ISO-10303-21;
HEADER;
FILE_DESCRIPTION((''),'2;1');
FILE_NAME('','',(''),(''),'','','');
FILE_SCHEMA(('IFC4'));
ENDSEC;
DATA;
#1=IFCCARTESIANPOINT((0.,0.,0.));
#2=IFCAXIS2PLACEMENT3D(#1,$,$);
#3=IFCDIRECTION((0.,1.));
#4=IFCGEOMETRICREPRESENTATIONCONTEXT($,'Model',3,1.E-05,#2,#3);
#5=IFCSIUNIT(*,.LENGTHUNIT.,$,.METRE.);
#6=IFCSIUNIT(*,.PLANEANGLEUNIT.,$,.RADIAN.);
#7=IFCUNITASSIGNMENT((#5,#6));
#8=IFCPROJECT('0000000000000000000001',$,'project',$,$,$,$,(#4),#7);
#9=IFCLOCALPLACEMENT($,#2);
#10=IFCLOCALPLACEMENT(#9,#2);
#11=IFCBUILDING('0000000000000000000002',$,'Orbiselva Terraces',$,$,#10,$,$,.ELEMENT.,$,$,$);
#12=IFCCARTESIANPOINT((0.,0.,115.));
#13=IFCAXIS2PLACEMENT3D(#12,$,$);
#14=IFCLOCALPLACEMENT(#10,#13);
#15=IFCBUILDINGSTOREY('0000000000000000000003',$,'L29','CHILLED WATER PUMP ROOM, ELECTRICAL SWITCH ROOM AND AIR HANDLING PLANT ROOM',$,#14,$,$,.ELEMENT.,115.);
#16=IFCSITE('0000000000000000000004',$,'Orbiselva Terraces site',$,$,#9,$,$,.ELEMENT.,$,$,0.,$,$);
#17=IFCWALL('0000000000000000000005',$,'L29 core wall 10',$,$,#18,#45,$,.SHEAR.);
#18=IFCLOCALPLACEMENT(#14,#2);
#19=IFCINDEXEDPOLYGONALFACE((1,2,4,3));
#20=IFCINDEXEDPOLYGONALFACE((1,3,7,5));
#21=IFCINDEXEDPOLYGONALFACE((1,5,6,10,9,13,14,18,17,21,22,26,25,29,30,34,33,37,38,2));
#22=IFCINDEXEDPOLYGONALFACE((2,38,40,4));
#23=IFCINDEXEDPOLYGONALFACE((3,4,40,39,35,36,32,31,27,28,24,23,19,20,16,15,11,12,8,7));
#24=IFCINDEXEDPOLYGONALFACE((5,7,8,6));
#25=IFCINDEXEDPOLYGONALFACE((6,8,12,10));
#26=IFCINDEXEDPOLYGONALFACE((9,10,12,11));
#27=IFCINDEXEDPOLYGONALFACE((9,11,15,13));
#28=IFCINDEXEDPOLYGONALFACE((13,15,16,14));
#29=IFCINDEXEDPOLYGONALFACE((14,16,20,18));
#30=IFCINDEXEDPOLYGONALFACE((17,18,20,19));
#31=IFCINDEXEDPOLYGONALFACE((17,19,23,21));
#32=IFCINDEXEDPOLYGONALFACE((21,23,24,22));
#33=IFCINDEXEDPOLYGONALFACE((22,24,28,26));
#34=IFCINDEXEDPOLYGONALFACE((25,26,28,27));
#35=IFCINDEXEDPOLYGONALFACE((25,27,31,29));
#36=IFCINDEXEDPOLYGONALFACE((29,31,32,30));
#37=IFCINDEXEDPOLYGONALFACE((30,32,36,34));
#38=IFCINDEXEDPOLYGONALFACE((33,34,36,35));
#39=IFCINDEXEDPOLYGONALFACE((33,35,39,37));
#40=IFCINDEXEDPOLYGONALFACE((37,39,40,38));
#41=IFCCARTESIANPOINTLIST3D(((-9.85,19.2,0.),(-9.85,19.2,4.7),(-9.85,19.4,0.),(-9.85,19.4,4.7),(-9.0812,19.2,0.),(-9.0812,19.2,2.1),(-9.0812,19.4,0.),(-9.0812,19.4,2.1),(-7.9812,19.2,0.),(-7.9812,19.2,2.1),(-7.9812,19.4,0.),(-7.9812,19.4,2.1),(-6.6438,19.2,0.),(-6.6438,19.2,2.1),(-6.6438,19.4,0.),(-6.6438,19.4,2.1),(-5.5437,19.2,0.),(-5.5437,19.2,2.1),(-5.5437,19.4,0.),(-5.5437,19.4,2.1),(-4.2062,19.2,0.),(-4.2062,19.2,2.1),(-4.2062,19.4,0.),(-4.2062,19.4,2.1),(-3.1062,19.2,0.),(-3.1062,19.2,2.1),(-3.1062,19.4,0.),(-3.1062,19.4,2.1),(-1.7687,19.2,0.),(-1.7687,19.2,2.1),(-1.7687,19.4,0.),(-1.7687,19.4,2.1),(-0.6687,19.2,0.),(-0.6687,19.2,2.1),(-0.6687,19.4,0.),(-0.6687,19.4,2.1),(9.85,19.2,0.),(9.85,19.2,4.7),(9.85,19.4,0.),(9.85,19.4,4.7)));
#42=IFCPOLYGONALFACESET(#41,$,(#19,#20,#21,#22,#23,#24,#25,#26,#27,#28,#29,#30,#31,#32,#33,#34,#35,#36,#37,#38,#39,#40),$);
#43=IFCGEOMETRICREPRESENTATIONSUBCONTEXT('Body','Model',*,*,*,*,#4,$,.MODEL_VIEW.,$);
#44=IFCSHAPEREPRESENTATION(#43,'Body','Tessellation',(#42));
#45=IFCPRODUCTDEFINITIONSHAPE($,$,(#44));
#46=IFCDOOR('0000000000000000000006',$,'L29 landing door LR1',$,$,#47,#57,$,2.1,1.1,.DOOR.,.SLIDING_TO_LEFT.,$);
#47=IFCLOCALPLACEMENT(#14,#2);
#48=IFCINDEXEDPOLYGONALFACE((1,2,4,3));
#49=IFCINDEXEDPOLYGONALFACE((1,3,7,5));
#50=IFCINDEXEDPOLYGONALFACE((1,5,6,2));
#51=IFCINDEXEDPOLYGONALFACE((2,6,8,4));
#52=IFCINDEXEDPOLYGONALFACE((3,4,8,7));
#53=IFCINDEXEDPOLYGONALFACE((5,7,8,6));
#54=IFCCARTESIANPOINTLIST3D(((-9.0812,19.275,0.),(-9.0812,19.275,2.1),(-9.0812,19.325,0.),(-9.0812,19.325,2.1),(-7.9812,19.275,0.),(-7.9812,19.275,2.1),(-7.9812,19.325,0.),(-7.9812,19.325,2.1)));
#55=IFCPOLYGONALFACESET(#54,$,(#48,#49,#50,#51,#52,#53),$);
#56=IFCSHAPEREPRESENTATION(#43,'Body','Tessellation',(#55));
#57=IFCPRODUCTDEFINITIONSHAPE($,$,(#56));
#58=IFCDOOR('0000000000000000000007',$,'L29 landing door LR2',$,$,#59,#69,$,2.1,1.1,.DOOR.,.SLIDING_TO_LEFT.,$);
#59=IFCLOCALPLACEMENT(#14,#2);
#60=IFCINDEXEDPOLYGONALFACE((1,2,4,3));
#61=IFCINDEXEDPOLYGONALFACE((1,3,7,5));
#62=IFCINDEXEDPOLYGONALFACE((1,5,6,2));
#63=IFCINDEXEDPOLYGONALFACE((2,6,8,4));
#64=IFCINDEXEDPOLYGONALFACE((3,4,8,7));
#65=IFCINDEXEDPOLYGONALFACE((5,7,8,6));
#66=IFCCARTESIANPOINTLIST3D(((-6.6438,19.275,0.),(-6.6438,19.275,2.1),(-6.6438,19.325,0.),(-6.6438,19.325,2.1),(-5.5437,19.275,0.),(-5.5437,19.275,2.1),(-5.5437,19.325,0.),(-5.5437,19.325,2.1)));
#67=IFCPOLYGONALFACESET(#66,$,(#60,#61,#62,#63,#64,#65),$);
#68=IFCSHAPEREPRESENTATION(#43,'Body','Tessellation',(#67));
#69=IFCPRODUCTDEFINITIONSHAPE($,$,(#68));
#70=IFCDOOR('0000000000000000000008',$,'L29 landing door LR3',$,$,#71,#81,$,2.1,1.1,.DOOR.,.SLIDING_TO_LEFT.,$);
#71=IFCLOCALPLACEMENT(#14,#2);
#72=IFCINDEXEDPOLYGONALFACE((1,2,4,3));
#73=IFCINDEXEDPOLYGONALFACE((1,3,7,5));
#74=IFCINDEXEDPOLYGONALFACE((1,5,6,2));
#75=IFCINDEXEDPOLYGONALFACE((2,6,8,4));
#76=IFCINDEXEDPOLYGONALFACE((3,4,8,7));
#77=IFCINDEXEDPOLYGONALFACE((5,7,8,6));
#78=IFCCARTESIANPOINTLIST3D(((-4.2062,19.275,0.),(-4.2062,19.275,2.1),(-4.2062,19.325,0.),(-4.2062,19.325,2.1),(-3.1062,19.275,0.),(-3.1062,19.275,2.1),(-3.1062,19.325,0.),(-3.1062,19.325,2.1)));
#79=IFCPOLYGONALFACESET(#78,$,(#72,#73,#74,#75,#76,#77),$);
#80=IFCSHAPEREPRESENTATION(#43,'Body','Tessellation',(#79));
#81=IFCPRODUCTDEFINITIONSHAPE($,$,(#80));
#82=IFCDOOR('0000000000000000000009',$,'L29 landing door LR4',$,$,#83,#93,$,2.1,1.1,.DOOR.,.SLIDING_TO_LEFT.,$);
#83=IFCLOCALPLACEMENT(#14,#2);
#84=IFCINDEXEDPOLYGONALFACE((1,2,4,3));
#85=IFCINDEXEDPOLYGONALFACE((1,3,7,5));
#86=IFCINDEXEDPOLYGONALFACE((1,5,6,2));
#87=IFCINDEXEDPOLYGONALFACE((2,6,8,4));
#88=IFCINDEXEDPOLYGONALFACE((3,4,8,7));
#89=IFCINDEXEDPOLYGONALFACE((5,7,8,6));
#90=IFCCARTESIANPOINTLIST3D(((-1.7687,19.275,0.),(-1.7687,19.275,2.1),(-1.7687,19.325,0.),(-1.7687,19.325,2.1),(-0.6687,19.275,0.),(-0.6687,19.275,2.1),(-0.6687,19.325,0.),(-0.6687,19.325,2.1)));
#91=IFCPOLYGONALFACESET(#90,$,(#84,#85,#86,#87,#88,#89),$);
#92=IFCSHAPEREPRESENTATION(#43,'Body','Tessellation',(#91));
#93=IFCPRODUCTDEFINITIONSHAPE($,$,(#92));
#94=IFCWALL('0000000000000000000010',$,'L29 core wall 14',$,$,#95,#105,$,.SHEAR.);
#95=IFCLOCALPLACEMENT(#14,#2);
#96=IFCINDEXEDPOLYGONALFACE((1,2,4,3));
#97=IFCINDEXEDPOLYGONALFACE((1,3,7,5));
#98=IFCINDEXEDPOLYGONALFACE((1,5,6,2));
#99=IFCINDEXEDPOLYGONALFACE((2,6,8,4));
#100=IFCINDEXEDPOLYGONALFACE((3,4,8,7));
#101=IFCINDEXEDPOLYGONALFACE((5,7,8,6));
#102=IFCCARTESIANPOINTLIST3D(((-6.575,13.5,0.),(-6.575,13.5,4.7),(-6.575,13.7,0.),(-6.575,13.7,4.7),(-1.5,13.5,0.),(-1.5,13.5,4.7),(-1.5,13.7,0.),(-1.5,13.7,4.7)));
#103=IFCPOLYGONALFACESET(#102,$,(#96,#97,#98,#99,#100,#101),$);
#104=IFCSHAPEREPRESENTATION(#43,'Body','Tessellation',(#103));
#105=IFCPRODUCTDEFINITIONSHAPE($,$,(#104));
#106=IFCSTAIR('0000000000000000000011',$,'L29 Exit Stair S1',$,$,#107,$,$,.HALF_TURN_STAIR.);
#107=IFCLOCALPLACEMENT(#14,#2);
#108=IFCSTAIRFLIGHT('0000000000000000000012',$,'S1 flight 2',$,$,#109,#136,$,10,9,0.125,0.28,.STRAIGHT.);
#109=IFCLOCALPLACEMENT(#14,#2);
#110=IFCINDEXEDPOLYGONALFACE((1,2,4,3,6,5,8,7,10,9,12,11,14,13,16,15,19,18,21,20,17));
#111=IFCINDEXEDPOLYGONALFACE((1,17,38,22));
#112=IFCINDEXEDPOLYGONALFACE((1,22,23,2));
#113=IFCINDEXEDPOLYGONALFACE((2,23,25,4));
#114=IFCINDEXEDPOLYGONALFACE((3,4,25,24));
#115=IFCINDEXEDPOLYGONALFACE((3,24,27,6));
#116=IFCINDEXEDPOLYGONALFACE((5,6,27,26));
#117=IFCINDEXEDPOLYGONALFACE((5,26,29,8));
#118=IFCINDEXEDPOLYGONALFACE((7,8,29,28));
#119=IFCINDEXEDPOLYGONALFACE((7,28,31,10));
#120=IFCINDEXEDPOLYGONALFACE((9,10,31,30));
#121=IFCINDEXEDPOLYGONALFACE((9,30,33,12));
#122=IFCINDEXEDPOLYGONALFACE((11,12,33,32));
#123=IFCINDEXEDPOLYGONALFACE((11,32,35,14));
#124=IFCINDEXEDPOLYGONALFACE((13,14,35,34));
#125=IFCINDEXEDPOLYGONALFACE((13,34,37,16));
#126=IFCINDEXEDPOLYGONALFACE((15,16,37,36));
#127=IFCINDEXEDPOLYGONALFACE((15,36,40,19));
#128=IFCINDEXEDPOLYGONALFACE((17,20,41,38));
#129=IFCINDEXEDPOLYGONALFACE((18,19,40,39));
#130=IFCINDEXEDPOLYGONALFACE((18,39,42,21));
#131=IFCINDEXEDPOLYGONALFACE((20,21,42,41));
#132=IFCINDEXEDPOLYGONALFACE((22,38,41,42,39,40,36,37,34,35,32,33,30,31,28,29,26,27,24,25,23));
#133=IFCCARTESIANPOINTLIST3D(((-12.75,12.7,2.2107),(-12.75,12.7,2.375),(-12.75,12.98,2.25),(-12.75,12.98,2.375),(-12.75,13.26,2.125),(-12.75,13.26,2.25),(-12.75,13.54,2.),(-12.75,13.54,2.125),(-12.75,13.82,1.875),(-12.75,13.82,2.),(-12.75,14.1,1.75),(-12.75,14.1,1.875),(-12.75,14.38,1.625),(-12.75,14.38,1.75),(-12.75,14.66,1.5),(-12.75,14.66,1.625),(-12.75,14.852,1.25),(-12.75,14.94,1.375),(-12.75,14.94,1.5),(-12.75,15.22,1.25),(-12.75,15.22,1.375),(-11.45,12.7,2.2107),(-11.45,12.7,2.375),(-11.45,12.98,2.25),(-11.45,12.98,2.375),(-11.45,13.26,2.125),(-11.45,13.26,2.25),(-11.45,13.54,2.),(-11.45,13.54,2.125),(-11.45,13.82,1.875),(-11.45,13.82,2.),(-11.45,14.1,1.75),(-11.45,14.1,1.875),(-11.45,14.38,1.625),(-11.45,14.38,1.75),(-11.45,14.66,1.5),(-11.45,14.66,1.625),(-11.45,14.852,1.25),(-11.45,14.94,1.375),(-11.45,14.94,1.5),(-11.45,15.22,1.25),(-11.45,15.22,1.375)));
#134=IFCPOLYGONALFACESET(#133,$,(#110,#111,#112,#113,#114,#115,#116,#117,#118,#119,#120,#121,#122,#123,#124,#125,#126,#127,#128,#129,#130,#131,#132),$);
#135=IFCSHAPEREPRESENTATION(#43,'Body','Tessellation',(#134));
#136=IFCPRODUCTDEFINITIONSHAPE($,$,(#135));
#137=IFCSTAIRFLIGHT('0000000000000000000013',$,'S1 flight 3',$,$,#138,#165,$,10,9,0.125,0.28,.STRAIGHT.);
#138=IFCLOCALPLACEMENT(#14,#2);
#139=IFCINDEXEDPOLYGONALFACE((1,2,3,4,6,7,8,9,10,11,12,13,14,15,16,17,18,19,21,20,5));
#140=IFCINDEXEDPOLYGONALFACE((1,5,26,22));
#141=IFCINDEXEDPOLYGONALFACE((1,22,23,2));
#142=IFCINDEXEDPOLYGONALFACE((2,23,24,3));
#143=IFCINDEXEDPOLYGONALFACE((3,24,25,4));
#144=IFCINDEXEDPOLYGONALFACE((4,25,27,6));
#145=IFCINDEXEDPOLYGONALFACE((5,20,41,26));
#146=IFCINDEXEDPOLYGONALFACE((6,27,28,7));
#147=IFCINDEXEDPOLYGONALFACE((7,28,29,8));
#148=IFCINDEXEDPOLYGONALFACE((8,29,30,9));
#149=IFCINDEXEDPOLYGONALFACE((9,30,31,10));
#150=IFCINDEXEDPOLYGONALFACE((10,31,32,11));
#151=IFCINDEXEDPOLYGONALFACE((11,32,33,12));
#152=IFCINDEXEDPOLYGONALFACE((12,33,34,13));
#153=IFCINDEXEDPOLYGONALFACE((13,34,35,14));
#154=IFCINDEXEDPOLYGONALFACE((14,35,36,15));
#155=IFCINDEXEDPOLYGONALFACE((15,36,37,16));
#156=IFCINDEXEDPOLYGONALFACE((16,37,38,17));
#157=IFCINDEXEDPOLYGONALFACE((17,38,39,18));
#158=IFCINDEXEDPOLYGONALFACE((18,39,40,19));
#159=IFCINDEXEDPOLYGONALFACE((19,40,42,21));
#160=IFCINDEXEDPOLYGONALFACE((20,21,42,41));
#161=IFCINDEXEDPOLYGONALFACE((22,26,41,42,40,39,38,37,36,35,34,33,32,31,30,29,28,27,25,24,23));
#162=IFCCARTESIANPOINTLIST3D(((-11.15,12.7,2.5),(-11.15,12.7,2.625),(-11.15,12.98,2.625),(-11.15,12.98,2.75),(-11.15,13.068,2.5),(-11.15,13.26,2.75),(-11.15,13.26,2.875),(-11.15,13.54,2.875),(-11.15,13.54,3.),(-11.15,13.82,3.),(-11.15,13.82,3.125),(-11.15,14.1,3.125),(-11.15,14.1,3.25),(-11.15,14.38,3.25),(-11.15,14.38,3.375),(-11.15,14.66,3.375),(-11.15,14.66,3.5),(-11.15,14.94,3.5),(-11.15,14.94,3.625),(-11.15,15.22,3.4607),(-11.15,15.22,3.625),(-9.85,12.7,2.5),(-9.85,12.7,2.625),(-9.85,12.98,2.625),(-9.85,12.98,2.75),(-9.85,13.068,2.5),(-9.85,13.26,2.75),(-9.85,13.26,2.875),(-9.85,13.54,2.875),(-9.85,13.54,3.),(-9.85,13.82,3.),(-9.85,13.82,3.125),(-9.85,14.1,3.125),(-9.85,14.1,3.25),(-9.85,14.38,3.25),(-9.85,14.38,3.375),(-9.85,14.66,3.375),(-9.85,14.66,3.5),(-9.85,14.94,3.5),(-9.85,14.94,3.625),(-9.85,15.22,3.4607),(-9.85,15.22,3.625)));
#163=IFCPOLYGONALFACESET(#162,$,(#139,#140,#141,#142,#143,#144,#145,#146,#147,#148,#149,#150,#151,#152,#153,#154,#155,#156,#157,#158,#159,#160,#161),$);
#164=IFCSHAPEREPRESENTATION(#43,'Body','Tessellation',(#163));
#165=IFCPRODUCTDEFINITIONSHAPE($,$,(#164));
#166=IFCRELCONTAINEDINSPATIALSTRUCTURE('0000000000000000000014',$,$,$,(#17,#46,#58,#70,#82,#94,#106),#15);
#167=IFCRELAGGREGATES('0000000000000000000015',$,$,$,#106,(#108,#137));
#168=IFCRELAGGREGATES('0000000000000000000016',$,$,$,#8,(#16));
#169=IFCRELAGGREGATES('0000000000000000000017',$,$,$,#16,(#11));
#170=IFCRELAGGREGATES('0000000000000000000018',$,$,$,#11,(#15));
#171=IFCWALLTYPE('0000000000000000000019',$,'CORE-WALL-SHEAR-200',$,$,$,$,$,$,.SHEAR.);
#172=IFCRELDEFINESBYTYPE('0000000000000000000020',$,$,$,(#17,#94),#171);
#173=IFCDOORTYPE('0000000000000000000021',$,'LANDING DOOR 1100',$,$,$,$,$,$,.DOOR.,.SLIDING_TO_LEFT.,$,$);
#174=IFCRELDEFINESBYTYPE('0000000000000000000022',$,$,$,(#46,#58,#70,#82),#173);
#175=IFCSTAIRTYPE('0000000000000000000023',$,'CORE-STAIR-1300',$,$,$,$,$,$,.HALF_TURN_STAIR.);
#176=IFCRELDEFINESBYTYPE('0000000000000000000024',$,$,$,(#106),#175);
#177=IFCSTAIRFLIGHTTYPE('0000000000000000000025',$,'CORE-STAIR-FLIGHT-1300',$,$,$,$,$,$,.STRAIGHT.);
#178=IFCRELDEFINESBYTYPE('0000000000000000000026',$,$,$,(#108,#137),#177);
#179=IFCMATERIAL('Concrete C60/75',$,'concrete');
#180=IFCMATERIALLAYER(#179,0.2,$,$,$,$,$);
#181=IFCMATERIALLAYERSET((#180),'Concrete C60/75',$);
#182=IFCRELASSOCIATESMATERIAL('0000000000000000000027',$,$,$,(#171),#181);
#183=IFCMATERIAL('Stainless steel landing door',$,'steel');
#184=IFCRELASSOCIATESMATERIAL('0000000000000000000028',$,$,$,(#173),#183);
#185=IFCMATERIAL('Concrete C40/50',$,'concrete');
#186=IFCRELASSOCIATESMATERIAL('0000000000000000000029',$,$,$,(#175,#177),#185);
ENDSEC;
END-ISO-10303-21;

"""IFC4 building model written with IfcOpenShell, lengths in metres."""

from ifc_helpers import new_model, si_unit, direction, frame, frame_2d, origin, place, context, subcontext, project, spatial, polyline, rectangle, outline, extrude, material, layer, layer_set, type_object, element, fill, aggregate, save


model = new_model("IFC4")

# Units and contexts
model_context = context("Model", 3, precision=1e-05, world=origin(), true_north=direction((0.0, 1.0)))
body_context = subcontext(model_context, "Body", "Model", "MODEL_VIEW")
ifc_project = project(units=[si_unit("LENGTHUNIT", "METRE"), si_unit("PLANEANGLEUNIT", "RADIAN")], contexts=[model_context])

# Site, building, storey
site_placement = place(None, origin())
site = spatial("IfcSite", under=ifc_project, at=site_placement, Name="Orbiselva Terraces site", CompositionType="ELEMENT", RefElevation=0.0)
building_placement = place(site_placement, origin())
building = spatial("IfcBuilding", under=site, at=building_placement, Name="Orbiselva Terraces", CompositionType="ELEMENT")
storey_placement = place(building_placement, frame((0.0, 0.0, 115.0)))
storey = spatial("IfcBuildingStorey", under=building, at=storey_placement, Name="L29", Description="CHILLED WATER PUMP ROOM, ELECTRICAL SWITCH ROOM AND AIR HANDLING PLANT ROOM", CompositionType="ELEMENT", Elevation=115.0)

# Shared definitions
ifc_material_1 = material(Name="Concrete C40/50", Category="concrete")

# Shared definitions
ifc_material_2 = material(Name="Concrete C60/75", Category="concrete")
ifc_layer_1 = layer(ifc_material_2, 0.2)
ifc_layer_set_1 = layer_set([ifc_layer_1], Name="Concrete C60/75")
wall_type_1 = type_object("IfcWallType", Name="CORE-WALL-SHEAR-200", PredefinedType="SHEAR", material=ifc_layer_set_1)

# Wall, openings, doors
wall_1_placement = place(storey_placement, frame((-9.85, 19.3, 0.0), z_axis=(0.0, 0.0, 1.0), x_axis=(1.0, 0.0, 0.0)))
wall_1 = element("IfcWall", 1, at=wall_1_placement, inside=storey, type_object=wall_type_1, Name="L29 core wall 10", PredefinedType="SHEAR", context=body_context, shape_type="SweptSolid", body=[
    extrude(rectangle(XDim=19.7, YDim=0.2, at=frame_2d((9.85, 0.0))), origin(), (0.0, 0.0, 1.0), 4.7),
])
opening_1_placement = place(wall_1_placement, frame((0.7688, 0.0, 0.0)))
opening_1 = element("IfcOpeningElement", 2, at=opening_1_placement, cuts=wall_1, PredefinedType="OPENING", context=body_context, shape_type="SweptSolid", body=[
    extrude(rectangle(XDim=1.1, YDim=2.1, at=frame_2d((0.55, 1.05))), frame((0.0, 0.11, 0.0), z_axis=(0.0, -1.0, 0.0), x_axis=(1.0, 0.0, 0.0)), (0.0, 0.0, 1.0), 0.22),
])
opening_2_placement = place(wall_1_placement, frame((3.2062, 0.0, 0.0)))
opening_2 = element("IfcOpeningElement", 3, at=opening_2_placement, cuts=wall_1, PredefinedType="OPENING", context=body_context, shape_type="SweptSolid", body=[
    extrude(rectangle(XDim=1.1, YDim=2.1, at=frame_2d((0.55, 1.05))), frame((0.0, 0.11, 0.0), z_axis=(0.0, -1.0, 0.0), x_axis=(1.0, 0.0, 0.0)), (0.0, 0.0, 1.0), 0.22),
])
opening_3_placement = place(wall_1_placement, frame((5.6437, 0.0, 0.0)))
opening_3 = element("IfcOpeningElement", 4, at=opening_3_placement, cuts=wall_1, PredefinedType="OPENING", context=body_context, shape_type="SweptSolid", body=[
    extrude(rectangle(XDim=1.1, YDim=2.1, at=frame_2d((0.55, 1.05))), frame((0.0, 0.11, 0.0), z_axis=(0.0, -1.0, 0.0), x_axis=(1.0, 0.0, 0.0)), (0.0, 0.0, 1.0), 0.22),
])
opening_4_placement = place(wall_1_placement, frame((8.0813, 0.0, 0.0)))
opening_4 = element("IfcOpeningElement", 5, at=opening_4_placement, cuts=wall_1, PredefinedType="OPENING", context=body_context, shape_type="SweptSolid", body=[
    extrude(rectangle(XDim=1.1, YDim=2.1, at=frame_2d((0.55, 1.05))), frame((0.0, 0.11, 0.0), z_axis=(0.0, -1.0, 0.0), x_axis=(1.0, 0.0, 0.0)), (0.0, 0.0, 1.0), 0.22),
])
ifc_material_3 = material(Name="Stainless steel landing door", Category="steel")
door_type_1 = type_object("IfcDoorType", Name="LANDING DOOR 1100", OperationType="SLIDING_TO_LEFT", PredefinedType="DOOR", material=ifc_material_3)
door_1_placement = place(opening_1_placement, origin())
door_1 = element("IfcDoor", 6, at=door_1_placement, inside=storey, type_object=door_type_1, Name="L29 landing door LR1", OperationType="SLIDING_TO_LEFT", OverallHeight=2.1, OverallWidth=1.1, PredefinedType="DOOR", context=body_context, shape_type="SweptSolid", body=[
    extrude(rectangle(XDim=1.1, YDim=2.1, at=frame_2d((0.55, 1.05))), frame((0.0, 0.025, 0.0), z_axis=(0.0, -1.0, 0.0), x_axis=(1.0, 0.0, 0.0)), (0.0, 0.0, 1.0), 0.05),
])
fill(opening_1, door_1)
door_2_placement = place(opening_2_placement, origin())
door_2 = element("IfcDoor", 7, at=door_2_placement, inside=storey, type_object=door_type_1, Name="L29 landing door LR2", OperationType="SLIDING_TO_LEFT", OverallHeight=2.1, OverallWidth=1.1, PredefinedType="DOOR", context=body_context, shape_type="SweptSolid", body=[
    extrude(rectangle(XDim=1.1, YDim=2.1, at=frame_2d((0.55, 1.05))), frame((0.0, 0.025, 0.0), z_axis=(0.0, -1.0, 0.0), x_axis=(1.0, 0.0, 0.0)), (0.0, 0.0, 1.0), 0.05),
])
fill(opening_2, door_2)
door_3_placement = place(opening_3_placement, origin())
door_3 = element("IfcDoor", 8, at=door_3_placement, inside=storey, type_object=door_type_1, Name="L29 landing door LR3", OperationType="SLIDING_TO_LEFT", OverallHeight=2.1, OverallWidth=1.1, PredefinedType="DOOR", context=body_context, shape_type="SweptSolid", body=[
    extrude(rectangle(XDim=1.1, YDim=2.1, at=frame_2d((0.55, 1.05))), frame((0.0, 0.025, 0.0), z_axis=(0.0, -1.0, 0.0), x_axis=(1.0, 0.0, 0.0)), (0.0, 0.0, 1.0), 0.05),
])
fill(opening_3, door_3)
door_4_placement = place(opening_4_placement, origin())
door_4 = element("IfcDoor", 9, at=door_4_placement, inside=storey, type_object=door_type_1, Name="L29 landing door LR4", OperationType="SLIDING_TO_LEFT", OverallHeight=2.1, OverallWidth=1.1, PredefinedType="DOOR", context=body_context, shape_type="SweptSolid", body=[
    extrude(rectangle(XDim=1.1, YDim=2.1, at=frame_2d((0.55, 1.05))), frame((0.0, 0.025, 0.0), z_axis=(0.0, -1.0, 0.0), x_axis=(1.0, 0.0, 0.0)), (0.0, 0.0, 1.0), 0.05),
])
fill(opening_4, door_4)

# Wall
wall_2_placement = place(storey_placement, frame((-6.575, 13.6, 0.0), z_axis=(0.0, 0.0, 1.0), x_axis=(1.0, 0.0, 0.0)))
element("IfcWall", 10, at=wall_2_placement, inside=storey, type_object=wall_type_1, Name="L29 core wall 14", PredefinedType="SHEAR", context=body_context, shape_type="SweptSolid", body=[
    extrude(rectangle(XDim=5.075, YDim=0.2, at=frame_2d((2.5375, 0.0))), origin(), (0.0, 0.0, 1.0), 4.7),
])

# Stair, stair flights
stair_type = type_object("IfcStairType", Name="CORE-STAIR-1300", PredefinedType="HALF_TURN_STAIR", material=ifc_material_1)
stair_placement = place(storey_placement, origin())
stair = element("IfcStair", 11, at=stair_placement, inside=storey, type_object=stair_type, Name="L29 Exit Stair S1", PredefinedType="HALF_TURN_STAIR")
stair_flight_type = type_object("IfcStairFlightType", Name="CORE-STAIR-FLIGHT-1300", PredefinedType="STRAIGHT", material=ifc_material_1)
stair_flight_1_placement = place(storey_placement, frame((-12.1, 15.22, 1.25), z_axis=(0.0, 0.0, 1.0), x_axis=(0.0, -1.0, 0.0)))
stair_flight_1 = element("IfcStairFlight", 12, at=stair_flight_1_placement, type_object=stair_flight_type, Name="S1 flight 2", NumberOfRisers=10, NumberOfTreads=9, PredefinedType="STRAIGHT", RiserHeight=0.125, TreadLength=0.28, context=body_context, shape_type="SweptSolid", body=[
    extrude(outline(polyline([(0.0, 0.0), (0.0, 0.125), (0.28, 0.125), (0.28, 0.25), (0.56, 0.25), (0.56, 0.375), (0.84, 0.375), (0.84, 0.5), (1.12, 0.5), (1.12, 0.625), (1.4, 0.625), (1.4, 0.75), (1.68, 0.75), (1.68, 0.875), (1.96, 0.875), (1.96, 1.0), (2.24, 1.0), (2.24, 1.125), (2.52, 1.125), (2.52, 1.25), (2.52, 0.9607), (0.368, 0.0), (0.0, 0.0)])), frame((0.0, 0.65, 0.0), z_axis=(0.0, -1.0, 0.0), x_axis=(1.0, 0.0, 0.0)), (0.0, 0.0, 1.0), 1.3),
])
stair_flight_2_placement = place(storey_placement, frame((-10.5, 12.7, 2.5), z_axis=(0.0, 0.0, 1.0), x_axis=(0.0, 1.0, 0.0)))
stair_flight_2 = element("IfcStairFlight", 13, at=stair_flight_2_placement, type_object=stair_flight_type, Name="S1 flight 3", NumberOfRisers=10, NumberOfTreads=9, PredefinedType="STRAIGHT", RiserHeight=0.125, TreadLength=0.28, context=body_context, shape_type="SweptSolid", body=[
    extrude(outline(polyline([(0.0, 0.0), (0.0, 0.125), (0.28, 0.125), (0.28, 0.25), (0.56, 0.25), (0.56, 0.375), (0.84, 0.375), (0.84, 0.5), (1.12, 0.5), (1.12, 0.625), (1.4, 0.625), (1.4, 0.75), (1.68, 0.75), (1.68, 0.875), (1.96, 0.875), (1.96, 1.0), (2.24, 1.0), (2.24, 1.125), (2.52, 1.125), (2.52, 1.25), (2.52, 0.9607), (0.368, 0.0), (0.0, 0.0)])), frame((0.0, 0.65, 0.0), z_axis=(0.0, -1.0, 0.0), x_axis=(1.0, 0.0, 0.0)), (0.0, 0.0, 1.0), 1.3),
])
aggregate(stair, [stair_flight_1, stair_flight_2])

save(model, "model.ifc")
